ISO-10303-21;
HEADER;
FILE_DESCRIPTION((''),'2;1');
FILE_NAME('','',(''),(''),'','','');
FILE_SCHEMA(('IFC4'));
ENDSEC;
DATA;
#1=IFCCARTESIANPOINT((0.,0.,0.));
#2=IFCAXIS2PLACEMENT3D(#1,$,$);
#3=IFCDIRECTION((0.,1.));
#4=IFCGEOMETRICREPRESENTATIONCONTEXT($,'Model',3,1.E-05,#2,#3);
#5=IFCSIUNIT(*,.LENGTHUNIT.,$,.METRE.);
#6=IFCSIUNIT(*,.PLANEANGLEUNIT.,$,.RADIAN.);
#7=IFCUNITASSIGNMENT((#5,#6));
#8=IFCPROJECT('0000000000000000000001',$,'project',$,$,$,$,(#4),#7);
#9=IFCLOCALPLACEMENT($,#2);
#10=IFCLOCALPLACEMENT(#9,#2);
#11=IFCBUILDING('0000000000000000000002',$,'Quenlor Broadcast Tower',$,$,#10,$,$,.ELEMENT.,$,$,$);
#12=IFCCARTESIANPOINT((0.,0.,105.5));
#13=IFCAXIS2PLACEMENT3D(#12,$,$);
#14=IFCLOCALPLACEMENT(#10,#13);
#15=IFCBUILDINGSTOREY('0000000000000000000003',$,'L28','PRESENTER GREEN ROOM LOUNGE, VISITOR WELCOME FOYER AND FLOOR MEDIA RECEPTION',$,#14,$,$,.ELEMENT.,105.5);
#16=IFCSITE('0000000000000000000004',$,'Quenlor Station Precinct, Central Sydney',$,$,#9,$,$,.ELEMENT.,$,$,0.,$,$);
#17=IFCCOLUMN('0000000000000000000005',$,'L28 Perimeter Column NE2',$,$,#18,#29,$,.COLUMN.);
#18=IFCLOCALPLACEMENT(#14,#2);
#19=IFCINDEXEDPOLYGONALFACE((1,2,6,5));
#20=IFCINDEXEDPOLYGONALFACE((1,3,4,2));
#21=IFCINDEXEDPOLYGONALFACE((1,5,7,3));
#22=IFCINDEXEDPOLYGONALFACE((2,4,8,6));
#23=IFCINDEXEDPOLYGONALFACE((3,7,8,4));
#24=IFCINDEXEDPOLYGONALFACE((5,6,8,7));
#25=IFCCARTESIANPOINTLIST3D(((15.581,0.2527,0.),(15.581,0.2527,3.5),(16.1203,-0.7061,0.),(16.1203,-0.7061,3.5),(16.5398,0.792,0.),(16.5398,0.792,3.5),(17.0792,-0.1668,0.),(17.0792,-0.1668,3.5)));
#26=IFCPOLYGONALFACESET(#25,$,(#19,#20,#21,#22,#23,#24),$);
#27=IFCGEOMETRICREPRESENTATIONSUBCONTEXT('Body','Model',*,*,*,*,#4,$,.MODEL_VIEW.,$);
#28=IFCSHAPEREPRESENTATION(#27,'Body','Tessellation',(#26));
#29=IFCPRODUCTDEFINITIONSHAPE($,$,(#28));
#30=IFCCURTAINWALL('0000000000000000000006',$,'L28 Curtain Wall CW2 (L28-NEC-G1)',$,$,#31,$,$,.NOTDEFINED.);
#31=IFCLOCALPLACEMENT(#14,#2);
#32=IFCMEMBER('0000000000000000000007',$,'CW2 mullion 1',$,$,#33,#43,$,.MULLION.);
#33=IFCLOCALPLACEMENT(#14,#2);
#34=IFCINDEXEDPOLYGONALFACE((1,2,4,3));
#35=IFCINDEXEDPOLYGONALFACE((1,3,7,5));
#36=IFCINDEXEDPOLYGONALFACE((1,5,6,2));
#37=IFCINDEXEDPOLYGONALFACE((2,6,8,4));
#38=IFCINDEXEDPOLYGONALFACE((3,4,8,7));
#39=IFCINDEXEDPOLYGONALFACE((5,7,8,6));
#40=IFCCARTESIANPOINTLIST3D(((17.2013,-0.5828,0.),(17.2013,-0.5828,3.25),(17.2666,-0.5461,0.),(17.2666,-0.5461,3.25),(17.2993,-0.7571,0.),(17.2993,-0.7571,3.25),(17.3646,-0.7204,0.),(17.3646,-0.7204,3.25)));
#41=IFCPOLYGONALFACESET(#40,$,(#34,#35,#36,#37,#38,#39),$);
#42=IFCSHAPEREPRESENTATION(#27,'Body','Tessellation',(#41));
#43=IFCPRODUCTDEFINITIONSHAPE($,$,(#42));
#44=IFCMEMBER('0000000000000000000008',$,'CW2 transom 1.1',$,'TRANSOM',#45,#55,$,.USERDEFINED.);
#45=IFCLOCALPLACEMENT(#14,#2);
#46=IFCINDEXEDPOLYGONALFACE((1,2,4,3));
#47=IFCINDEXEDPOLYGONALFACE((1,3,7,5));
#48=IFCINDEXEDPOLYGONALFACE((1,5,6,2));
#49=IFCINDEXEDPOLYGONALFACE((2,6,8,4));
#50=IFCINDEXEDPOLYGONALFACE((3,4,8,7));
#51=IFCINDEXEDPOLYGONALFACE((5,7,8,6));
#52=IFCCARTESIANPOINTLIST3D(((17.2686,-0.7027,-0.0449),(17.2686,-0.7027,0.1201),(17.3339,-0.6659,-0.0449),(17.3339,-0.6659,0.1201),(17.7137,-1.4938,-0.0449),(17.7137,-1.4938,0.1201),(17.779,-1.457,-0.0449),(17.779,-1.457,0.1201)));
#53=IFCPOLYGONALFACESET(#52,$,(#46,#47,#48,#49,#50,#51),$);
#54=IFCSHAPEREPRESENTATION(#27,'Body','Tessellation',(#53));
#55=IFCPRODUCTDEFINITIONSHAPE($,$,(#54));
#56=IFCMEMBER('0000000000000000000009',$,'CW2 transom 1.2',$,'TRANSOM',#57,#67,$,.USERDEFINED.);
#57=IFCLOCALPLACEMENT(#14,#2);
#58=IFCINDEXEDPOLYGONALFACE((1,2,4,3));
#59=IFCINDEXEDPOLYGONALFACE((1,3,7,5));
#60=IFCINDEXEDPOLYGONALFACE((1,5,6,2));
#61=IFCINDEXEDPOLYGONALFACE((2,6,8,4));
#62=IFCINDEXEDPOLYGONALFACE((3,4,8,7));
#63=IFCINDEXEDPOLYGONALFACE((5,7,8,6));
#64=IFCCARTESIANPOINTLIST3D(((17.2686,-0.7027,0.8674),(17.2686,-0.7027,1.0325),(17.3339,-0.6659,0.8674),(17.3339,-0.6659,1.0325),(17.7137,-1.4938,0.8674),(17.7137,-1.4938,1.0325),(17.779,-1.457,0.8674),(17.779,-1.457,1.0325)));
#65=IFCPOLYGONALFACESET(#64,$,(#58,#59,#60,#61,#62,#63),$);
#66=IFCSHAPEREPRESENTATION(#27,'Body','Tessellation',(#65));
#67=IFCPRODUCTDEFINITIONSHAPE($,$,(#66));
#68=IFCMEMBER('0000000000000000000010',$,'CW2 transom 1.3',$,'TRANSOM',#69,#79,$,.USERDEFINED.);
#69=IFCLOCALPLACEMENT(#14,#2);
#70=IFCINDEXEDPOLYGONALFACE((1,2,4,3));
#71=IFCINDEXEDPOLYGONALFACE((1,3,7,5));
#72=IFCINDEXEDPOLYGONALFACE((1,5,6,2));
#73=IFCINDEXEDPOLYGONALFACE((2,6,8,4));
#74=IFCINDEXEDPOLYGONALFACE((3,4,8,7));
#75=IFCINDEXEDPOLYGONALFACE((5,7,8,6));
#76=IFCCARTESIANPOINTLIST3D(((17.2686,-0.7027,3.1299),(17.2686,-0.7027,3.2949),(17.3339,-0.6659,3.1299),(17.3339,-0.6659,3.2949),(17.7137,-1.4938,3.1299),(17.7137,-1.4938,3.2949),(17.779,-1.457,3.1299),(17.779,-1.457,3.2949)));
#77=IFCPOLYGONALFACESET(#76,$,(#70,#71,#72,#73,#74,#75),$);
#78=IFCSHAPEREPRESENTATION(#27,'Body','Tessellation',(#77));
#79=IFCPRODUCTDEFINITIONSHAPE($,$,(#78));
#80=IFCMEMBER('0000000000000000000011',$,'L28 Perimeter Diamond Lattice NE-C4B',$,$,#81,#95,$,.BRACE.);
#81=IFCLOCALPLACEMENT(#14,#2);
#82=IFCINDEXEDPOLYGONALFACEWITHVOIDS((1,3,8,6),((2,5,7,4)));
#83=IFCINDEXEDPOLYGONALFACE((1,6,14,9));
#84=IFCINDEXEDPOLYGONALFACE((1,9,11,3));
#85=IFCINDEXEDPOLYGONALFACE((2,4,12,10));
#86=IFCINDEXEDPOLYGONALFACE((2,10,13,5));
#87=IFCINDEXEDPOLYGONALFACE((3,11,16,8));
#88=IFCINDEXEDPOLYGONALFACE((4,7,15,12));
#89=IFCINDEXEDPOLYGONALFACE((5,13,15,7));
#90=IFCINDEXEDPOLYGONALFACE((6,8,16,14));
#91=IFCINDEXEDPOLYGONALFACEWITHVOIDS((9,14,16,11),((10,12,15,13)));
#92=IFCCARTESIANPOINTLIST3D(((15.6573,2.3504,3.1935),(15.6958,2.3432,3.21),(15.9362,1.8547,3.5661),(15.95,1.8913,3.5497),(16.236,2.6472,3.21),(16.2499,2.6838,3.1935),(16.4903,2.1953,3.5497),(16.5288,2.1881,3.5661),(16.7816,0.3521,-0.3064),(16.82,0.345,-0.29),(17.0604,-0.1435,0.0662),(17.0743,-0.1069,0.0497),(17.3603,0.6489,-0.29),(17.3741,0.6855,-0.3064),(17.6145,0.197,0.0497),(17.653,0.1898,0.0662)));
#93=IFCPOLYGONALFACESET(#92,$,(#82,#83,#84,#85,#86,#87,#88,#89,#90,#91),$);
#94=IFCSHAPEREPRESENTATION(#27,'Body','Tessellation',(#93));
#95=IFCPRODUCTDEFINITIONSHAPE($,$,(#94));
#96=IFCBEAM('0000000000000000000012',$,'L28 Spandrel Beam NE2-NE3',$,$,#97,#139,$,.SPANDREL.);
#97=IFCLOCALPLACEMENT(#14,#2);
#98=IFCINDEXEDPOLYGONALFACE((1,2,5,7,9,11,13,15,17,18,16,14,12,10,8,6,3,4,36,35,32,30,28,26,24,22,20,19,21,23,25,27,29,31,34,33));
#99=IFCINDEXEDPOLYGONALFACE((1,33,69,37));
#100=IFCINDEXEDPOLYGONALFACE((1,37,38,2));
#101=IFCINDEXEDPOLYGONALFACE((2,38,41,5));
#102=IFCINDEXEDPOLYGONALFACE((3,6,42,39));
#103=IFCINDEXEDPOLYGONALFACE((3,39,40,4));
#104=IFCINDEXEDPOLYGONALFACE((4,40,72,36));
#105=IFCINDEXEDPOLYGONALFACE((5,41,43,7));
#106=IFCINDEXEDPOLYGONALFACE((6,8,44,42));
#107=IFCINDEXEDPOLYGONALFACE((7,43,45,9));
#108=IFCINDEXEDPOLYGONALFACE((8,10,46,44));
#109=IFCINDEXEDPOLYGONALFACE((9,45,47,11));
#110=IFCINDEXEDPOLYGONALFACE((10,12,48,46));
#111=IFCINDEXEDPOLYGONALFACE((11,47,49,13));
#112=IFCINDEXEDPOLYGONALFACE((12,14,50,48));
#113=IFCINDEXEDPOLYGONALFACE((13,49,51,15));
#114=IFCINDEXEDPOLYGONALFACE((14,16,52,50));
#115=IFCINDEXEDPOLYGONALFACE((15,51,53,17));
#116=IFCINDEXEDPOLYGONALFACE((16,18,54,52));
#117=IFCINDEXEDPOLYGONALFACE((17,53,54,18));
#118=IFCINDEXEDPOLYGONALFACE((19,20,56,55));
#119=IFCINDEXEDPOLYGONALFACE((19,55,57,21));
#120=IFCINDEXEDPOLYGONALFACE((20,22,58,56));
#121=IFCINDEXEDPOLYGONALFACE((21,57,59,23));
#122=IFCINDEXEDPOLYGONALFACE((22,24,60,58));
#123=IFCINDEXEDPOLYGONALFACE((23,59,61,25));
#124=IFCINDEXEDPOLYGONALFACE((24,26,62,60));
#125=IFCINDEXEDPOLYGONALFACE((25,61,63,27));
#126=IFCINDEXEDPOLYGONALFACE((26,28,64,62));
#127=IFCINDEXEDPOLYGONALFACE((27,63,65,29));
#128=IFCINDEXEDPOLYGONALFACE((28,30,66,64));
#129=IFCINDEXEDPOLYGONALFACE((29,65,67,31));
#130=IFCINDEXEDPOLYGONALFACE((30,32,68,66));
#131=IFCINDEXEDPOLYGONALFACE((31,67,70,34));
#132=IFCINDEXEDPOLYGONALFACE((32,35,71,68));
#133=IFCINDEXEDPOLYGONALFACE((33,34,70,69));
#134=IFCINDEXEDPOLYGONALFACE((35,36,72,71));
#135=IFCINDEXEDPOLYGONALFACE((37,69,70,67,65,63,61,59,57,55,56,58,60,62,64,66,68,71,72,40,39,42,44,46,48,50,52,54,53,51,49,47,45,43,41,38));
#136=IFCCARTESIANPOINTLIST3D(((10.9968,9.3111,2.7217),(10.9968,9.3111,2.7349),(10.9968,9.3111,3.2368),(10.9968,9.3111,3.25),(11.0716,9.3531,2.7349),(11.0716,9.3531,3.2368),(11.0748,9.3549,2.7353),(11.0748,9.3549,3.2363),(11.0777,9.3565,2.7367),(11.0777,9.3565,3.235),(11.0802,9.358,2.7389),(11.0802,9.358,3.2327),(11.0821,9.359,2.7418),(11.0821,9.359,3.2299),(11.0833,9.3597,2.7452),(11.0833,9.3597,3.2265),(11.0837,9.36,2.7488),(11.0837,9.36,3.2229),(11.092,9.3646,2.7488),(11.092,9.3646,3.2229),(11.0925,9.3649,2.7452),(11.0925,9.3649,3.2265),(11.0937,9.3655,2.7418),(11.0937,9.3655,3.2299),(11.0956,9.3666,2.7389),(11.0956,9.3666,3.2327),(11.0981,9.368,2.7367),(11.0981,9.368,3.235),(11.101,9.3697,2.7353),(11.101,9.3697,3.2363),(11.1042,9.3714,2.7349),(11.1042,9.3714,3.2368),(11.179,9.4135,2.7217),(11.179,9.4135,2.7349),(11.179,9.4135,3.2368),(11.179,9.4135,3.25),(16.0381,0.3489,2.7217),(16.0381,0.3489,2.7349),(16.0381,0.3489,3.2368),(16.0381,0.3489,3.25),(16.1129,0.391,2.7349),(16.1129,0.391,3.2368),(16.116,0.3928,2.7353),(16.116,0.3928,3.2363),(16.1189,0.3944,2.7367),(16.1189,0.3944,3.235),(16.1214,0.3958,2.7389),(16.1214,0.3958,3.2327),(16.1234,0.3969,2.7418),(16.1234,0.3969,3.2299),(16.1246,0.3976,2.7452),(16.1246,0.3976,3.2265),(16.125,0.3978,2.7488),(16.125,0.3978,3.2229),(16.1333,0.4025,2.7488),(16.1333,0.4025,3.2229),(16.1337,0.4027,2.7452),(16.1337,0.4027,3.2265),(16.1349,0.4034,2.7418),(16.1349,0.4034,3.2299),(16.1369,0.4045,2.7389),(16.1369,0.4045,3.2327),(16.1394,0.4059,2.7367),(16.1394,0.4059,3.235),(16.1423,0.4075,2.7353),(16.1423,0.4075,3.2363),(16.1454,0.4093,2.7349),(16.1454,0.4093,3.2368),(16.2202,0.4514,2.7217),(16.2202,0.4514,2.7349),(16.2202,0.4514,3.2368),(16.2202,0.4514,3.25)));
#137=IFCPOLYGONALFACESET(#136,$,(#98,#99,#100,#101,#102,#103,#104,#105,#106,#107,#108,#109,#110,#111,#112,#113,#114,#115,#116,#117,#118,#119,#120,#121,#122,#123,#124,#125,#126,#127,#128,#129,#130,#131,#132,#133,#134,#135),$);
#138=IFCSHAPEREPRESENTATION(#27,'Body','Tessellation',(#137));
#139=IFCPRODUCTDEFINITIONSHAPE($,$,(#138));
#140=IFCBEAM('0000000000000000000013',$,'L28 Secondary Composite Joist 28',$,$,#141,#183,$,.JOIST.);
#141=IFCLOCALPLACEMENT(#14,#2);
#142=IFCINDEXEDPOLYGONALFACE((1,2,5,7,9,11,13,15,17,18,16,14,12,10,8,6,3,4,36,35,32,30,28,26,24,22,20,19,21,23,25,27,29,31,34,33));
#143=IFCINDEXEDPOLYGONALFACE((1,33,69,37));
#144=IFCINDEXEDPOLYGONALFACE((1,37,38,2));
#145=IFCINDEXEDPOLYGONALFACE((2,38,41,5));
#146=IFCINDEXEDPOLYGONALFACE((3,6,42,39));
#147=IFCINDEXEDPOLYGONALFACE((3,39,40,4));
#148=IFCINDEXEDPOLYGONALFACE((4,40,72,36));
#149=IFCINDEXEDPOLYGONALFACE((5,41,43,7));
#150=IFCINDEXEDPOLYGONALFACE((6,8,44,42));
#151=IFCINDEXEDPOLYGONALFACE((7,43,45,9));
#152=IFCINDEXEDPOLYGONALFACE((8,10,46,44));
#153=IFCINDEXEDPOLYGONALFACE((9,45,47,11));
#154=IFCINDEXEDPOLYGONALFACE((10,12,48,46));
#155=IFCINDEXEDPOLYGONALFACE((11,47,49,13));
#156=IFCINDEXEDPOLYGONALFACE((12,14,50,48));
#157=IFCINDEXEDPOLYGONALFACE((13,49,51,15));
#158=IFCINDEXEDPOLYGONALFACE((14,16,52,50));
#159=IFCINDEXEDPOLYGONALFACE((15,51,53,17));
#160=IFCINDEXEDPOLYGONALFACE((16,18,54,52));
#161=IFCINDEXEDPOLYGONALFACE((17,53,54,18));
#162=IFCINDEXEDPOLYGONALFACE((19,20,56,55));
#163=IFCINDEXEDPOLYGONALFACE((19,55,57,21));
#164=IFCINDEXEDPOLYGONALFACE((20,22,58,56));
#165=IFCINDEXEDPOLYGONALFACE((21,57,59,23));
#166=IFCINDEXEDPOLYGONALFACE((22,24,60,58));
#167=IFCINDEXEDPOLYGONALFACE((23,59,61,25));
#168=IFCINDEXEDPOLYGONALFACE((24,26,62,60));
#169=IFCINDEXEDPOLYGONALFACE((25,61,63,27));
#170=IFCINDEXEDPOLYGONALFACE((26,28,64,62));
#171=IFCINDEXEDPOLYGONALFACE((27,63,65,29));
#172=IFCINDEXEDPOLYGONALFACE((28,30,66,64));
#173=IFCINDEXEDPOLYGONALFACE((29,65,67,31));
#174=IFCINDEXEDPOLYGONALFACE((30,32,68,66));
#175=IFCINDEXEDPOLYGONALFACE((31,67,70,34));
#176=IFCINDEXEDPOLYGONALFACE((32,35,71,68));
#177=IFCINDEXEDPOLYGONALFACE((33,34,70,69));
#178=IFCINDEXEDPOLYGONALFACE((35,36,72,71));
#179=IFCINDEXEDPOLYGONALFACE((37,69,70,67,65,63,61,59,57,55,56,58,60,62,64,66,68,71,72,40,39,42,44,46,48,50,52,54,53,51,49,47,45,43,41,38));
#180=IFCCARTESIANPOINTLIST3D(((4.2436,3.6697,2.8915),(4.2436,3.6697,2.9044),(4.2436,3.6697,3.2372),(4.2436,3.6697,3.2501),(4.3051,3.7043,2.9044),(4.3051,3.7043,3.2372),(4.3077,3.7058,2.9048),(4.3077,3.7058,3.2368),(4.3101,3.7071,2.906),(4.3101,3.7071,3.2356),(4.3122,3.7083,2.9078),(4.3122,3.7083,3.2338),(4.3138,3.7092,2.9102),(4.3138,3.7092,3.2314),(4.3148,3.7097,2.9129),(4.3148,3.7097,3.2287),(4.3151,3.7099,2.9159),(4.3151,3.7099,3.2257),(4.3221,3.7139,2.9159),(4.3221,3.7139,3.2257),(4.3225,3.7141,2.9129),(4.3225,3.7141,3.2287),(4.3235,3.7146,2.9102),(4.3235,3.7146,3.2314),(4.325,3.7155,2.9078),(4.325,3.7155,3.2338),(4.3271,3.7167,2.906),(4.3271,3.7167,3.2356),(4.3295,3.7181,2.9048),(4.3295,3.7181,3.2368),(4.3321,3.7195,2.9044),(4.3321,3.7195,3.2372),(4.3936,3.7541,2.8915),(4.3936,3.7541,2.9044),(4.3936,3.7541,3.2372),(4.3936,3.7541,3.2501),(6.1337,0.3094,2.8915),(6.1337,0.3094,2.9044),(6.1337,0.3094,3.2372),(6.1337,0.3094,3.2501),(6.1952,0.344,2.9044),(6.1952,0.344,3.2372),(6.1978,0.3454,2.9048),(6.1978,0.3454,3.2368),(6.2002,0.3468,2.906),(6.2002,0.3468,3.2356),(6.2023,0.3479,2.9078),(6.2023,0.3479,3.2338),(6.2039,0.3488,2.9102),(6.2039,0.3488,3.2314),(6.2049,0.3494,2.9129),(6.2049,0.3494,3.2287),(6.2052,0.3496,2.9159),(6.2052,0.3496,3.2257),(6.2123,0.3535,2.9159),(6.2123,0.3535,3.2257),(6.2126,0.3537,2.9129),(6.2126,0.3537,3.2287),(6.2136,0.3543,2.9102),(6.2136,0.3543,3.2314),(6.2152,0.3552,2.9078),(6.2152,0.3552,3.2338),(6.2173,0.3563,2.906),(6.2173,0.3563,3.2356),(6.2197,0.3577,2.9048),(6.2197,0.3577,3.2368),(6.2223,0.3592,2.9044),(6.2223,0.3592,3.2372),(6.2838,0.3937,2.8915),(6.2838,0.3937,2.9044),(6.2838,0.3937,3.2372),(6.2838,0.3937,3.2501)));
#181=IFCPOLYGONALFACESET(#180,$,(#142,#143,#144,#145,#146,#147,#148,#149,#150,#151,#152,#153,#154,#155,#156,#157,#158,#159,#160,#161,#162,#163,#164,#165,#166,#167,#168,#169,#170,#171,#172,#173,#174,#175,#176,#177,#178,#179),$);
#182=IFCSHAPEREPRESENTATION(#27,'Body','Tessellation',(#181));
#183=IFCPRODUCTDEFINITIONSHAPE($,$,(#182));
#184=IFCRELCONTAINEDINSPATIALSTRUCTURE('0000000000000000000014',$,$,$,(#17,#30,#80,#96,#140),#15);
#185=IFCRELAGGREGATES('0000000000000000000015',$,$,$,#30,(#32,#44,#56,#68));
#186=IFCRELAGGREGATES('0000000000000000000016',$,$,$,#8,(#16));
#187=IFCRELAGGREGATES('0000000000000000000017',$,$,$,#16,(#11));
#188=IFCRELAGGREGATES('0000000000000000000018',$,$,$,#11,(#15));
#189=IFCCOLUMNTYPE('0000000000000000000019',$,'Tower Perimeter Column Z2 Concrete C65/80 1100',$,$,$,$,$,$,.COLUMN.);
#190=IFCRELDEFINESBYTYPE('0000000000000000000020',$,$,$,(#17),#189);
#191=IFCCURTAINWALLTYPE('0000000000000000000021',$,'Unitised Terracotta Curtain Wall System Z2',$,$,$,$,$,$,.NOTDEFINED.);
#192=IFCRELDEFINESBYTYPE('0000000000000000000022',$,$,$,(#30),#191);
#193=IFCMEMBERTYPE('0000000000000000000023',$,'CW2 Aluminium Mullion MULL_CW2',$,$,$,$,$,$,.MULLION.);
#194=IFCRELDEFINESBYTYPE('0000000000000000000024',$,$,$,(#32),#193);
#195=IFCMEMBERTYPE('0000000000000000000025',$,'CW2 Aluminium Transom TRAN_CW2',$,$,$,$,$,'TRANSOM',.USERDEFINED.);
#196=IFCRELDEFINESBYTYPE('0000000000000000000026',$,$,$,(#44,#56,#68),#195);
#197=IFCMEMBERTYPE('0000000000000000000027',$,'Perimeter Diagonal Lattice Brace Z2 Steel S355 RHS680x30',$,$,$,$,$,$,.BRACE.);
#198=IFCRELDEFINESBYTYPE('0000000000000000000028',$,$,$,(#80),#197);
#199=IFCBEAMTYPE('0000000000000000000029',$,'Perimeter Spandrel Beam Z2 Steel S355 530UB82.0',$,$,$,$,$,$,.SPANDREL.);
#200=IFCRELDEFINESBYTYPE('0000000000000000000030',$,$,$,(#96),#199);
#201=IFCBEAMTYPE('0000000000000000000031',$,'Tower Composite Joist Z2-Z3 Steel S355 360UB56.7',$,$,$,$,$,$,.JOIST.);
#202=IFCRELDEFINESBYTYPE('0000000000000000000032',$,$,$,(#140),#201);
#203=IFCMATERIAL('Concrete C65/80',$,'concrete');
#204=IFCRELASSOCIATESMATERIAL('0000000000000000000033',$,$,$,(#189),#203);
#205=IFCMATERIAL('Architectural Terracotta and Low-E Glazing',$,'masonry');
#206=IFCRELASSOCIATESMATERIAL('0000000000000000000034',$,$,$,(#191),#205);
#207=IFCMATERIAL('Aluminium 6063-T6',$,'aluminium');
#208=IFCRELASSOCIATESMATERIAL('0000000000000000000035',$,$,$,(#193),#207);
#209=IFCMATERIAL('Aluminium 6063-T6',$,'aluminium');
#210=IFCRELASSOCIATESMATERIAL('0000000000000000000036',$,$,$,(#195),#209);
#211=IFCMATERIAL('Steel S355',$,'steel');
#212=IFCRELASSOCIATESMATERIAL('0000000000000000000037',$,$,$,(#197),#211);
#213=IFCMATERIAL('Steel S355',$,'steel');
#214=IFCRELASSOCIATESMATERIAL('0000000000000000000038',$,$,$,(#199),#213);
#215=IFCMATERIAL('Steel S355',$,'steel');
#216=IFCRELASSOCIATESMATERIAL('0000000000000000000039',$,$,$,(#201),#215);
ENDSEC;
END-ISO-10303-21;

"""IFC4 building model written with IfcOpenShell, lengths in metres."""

from ifc_helpers import new_model, si_unit, direction, frame, origin, origin_2d, place, context, subcontext, project, spatial, rectangle, hollow_rectangle, i_section, extrude, material, material_profile, profile_set, type_object, element, aggregate, save


model = new_model("IFC4")

# Units and contexts
model_context = context("Model", 3, precision=1e-05, world=origin(), true_north=direction((0.0, 1.0)))
body_context = subcontext(model_context, "Body", "Model", "MODEL_VIEW")
ifc_project = project(units=[si_unit("LENGTHUNIT", "METRE"), si_unit("PLANEANGLEUNIT", "RADIAN")], contexts=[model_context])

# Site, building, storey
site_placement = place(None, origin())
site = spatial("IfcSite", under=ifc_project, at=site_placement, Name="Quenlor Station Precinct, Central Sydney", CompositionType="ELEMENT", RefElevation=0.0)
building_placement = place(site_placement, origin())
building = spatial("IfcBuilding", under=site, at=building_placement, Name="Quenlor Broadcast Tower", CompositionType="ELEMENT")
storey_placement = place(building_placement, frame((0.0, 0.0, 105.5)))
storey = spatial("IfcBuildingStorey", under=building, at=storey_placement, Name="L28", Description="PRESENTER GREEN ROOM LOUNGE, VISITOR WELCOME FOYER AND FLOOR MEDIA RECEPTION", CompositionType="ELEMENT", Elevation=105.5)

# Column
ifc_material_1 = material(Name="Concrete C65/80", Category="concrete")
ifc_material_profile_1 = material_profile(ifc_material_1, rectangle(XDim=1.1001, YDim=1.1001, at=origin_2d()))
ifc_profile_set_1 = profile_set([ifc_material_profile_1], Name="Concrete C65/80 RC1100x1100")
column_type = type_object("IfcColumnType", Name="Tower Perimeter Column Z2 Concrete C65/80 1100", PredefinedType="COLUMN", material=ifc_profile_set_1)
column_placement = place(storey_placement, frame((16.3301, 0.043, 0.0), z_axis=(0.0, 0.0, 1.0), x_axis=(0.871575, 0.490262, 0.0)))
element("IfcColumn", 1, at=column_placement, inside=storey, type_object=column_type, Name="L28 Perimeter Column NE2", PredefinedType="COLUMN", context=body_context, shape_type="SweptSolid", body=[
    extrude(rectangle(XDim=1.1001, YDim=1.1001, at=origin_2d()), origin(), (0.0, 0.0, 1.0), 3.5),
])

# Curtain wall, members
ifc_material_2 = material(Name="Architectural Terracotta and Low-E Glazing", Category="masonry")
curtain_wall_type = type_object("IfcCurtainWallType", Name="Unitised Terracotta Curtain Wall System Z2", PredefinedType="NOTDEFINED", material=ifc_material_2)
curtain_wall_placement = place(storey_placement, origin())
curtain_wall = element("IfcCurtainWall", 2, at=curtain_wall_placement, inside=storey, type_object=curtain_wall_type, Name="L28 Curtain Wall CW2 (L28-NEC-G1)", PredefinedType="NOTDEFINED")
ifc_material_3 = material(Name="Aluminium 6063-T6", Category="aluminium")
ifc_material_profile_2 = material_profile(ifc_material_3, rectangle(XDim=0.075, YDim=0.2, at=origin_2d()))
ifc_profile_set_2 = profile_set([ifc_material_profile_2], Name="Aluminium 6063-T6 MULL75x200")
member_type_1 = type_object("IfcMemberType", Name="CW2 Aluminium Mullion MULL_CW2", PredefinedType="MULLION", material=ifc_profile_set_2)
member_1_placement = place(storey_placement, frame((17.283, -0.6516, 0.0), z_axis=(0.0, 0.0, 1.0), x_axis=(0.871581, 0.490252, 0.0)))
member_1 = element("IfcMember", 3, at=member_1_placement, type_object=member_type_1, Name="CW2 mullion 1", PredefinedType="MULLION", context=body_context, shape_type="SweptSolid", body=[
    extrude(rectangle(XDim=0.075, YDim=0.2, at=origin_2d()), origin(), (0.0, 0.0, 1.0), 3.25),
])
ifc_material_4 = material(Name="Aluminium 6063-T6", Category="aluminium")
ifc_material_profile_3 = material_profile(ifc_material_4, rectangle(XDim=0.075, YDim=0.165, at=origin_2d()))
ifc_profile_set_3 = profile_set([ifc_material_profile_3], Name="Aluminium 6063-T6 TRAN75x165")
member_type_2 = type_object("IfcMemberType", Name="CW2 Aluminium Transom TRAN_CW2", ElementType="TRANSOM", PredefinedType="USERDEFINED", material=ifc_profile_set_3)
member_2_placement = place(storey_placement, frame((17.3013, -0.6843, 0.0376), z_axis=(0.490363, -0.871518, 0.0), x_axis=(0.871518, 0.490363, 0.0)))
member_2 = element("IfcMember", 4, at=member_2_placement, type_object=member_type_2, Name="CW2 transom 1.1", ObjectType="TRANSOM", PredefinedType="USERDEFINED", context=body_context, shape_type="SweptSolid", body=[
    extrude(rectangle(XDim=0.075, YDim=0.165, at=origin_2d()), origin(), (0.0, 0.0, 1.0), 0.9077),
])
member_3_placement = place(storey_placement, frame((17.3013, -0.6843, 0.95), z_axis=(0.490363, -0.871518, 0.0), x_axis=(0.871518, 0.490363, 0.0)))
member_3 = element("IfcMember", 5, at=member_3_placement, type_object=member_type_2, Name="CW2 transom 1.2", ObjectType="TRANSOM", PredefinedType="USERDEFINED", context=body_context, shape_type="SweptSolid", body=[
    extrude(rectangle(XDim=0.075, YDim=0.165, at=origin_2d()), origin(), (0.0, 0.0, 1.0), 0.9077),
])
member_4_placement = place(storey_placement, frame((17.3013, -0.6843, 3.2124), z_axis=(0.490363, -0.871518, 0.0), x_axis=(0.871518, 0.490363, 0.0)))
member_4 = element("IfcMember", 6, at=member_4_placement, type_object=member_type_2, Name="CW2 transom 1.3", ObjectType="TRANSOM", PredefinedType="USERDEFINED", context=body_context, shape_type="SweptSolid", body=[
    extrude(rectangle(XDim=0.075, YDim=0.165, at=origin_2d()), origin(), (0.0, 0.0, 1.0), 0.9077),
])

# Member
ifc_material_5 = material(Name="Steel S355", Category="steel")
ifc_material_profile_4 = material_profile(ifc_material_5, hollow_rectangle(XDim=0.6799, YDim=0.6799, WallThickness=0.03, at=origin_2d()))
ifc_profile_set_4 = profile_set([ifc_material_profile_4], Name="Steel S355 RHS680x680x30")
member_type_3 = type_object("IfcMemberType", Name="Perimeter Diagonal Lattice Brace Z2 Steel S355 RHS680x30", PredefinedType="BRACE", material=ifc_profile_set_4)
member_5_placement = place(storey_placement, frame((17.2173, 0.271, -0.1201), z_axis=(-0.268697, 0.477585, 0.836489), x_axis=(-0.871533, -0.490337, 0.0)))
element("IfcMember", 7, at=member_5_placement, inside=storey, type_object=member_type_3, Name="L28 Perimeter Diamond Lattice NE-C4B", PredefinedType="BRACE", context=body_context, shape_type="SweptSolid", body=[
    extrude(hollow_rectangle(XDim=0.6799, YDim=0.6799, WallThickness=0.03, at=origin_2d()), origin(), (0.0, 0.0, 1.0), 4.1841),
])

# Beams
ifc_material_6 = material(Name="Steel S355", Category="steel")
ifc_material_profile_5 = material_profile(ifc_material_6, i_section(OverallWidth=0.209, OverallDepth=0.5283, WebThickness=0.0095, FlangeThickness=0.0132, FilletRadius=0.0139, at=origin_2d()))
ifc_profile_set_5 = profile_set([ifc_material_profile_5], Name="Steel S355 530UB82.0")
beam_type_1 = type_object("IfcBeamType", Name="Perimeter Spandrel Beam Z2 Steel S355 530UB82.0", PredefinedType="SPANDREL", material=ifc_profile_set_5)
beam_1_placement = place(storey_placement, frame((16.1292, 0.4001, 2.9858), z_axis=(-0.490265, 0.871574, 0.0), x_axis=(-0.871574, -0.490265, 0.0)))
element("IfcBeam", 8, at=beam_1_placement, inside=storey, type_object=beam_type_1, Name="L28 Spandrel Beam NE2-NE3", PredefinedType="SPANDREL", context=body_context, shape_type="SweptSolid", body=[
    extrude(i_section(OverallWidth=0.209, OverallDepth=0.5283, WebThickness=0.0095, FlangeThickness=0.0132, FilletRadius=0.0139, at=origin_2d()), origin(), (0.0, 0.0, 1.0), 10.2827),
])
ifc_material_7 = material(Name="Steel S355", Category="steel")
ifc_material_profile_6 = material_profile(ifc_material_7, i_section(OverallWidth=0.1721, OverallDepth=0.3586, WebThickness=0.0081, FlangeThickness=0.0129, FilletRadius=0.0115, at=origin_2d()))
ifc_profile_set_6 = profile_set([ifc_material_profile_6], Name="Steel S355 360UB56.7")
beam_type_2 = type_object("IfcBeamType", Name="Tower Composite Joist Z2-Z3 Steel S355 360UB56.7", PredefinedType="JOIST", material=ifc_profile_set_6)
beam_2_placement = place(storey_placement, frame((4.3186, 3.7119, 3.0708), z_axis=(0.490249, -0.871582, 0.0), x_axis=(0.871582, 0.490249, 0.0)))
element("IfcBeam", 9, at=beam_2_placement, inside=storey, type_object=beam_type_2, Name="L28 Secondary Composite Joist 28", PredefinedType="JOIST", context=body_context, shape_type="SweptSolid", body=[
    extrude(i_section(OverallWidth=0.1721, OverallDepth=0.3586, WebThickness=0.0081, FlangeThickness=0.0129, FilletRadius=0.0115, at=origin_2d()), origin(), (0.0, 0.0, 1.0), 3.8555),
])

aggregate(curtain_wall, [member_1, member_2, member_3, member_4])

save(model, "model.ifc")
